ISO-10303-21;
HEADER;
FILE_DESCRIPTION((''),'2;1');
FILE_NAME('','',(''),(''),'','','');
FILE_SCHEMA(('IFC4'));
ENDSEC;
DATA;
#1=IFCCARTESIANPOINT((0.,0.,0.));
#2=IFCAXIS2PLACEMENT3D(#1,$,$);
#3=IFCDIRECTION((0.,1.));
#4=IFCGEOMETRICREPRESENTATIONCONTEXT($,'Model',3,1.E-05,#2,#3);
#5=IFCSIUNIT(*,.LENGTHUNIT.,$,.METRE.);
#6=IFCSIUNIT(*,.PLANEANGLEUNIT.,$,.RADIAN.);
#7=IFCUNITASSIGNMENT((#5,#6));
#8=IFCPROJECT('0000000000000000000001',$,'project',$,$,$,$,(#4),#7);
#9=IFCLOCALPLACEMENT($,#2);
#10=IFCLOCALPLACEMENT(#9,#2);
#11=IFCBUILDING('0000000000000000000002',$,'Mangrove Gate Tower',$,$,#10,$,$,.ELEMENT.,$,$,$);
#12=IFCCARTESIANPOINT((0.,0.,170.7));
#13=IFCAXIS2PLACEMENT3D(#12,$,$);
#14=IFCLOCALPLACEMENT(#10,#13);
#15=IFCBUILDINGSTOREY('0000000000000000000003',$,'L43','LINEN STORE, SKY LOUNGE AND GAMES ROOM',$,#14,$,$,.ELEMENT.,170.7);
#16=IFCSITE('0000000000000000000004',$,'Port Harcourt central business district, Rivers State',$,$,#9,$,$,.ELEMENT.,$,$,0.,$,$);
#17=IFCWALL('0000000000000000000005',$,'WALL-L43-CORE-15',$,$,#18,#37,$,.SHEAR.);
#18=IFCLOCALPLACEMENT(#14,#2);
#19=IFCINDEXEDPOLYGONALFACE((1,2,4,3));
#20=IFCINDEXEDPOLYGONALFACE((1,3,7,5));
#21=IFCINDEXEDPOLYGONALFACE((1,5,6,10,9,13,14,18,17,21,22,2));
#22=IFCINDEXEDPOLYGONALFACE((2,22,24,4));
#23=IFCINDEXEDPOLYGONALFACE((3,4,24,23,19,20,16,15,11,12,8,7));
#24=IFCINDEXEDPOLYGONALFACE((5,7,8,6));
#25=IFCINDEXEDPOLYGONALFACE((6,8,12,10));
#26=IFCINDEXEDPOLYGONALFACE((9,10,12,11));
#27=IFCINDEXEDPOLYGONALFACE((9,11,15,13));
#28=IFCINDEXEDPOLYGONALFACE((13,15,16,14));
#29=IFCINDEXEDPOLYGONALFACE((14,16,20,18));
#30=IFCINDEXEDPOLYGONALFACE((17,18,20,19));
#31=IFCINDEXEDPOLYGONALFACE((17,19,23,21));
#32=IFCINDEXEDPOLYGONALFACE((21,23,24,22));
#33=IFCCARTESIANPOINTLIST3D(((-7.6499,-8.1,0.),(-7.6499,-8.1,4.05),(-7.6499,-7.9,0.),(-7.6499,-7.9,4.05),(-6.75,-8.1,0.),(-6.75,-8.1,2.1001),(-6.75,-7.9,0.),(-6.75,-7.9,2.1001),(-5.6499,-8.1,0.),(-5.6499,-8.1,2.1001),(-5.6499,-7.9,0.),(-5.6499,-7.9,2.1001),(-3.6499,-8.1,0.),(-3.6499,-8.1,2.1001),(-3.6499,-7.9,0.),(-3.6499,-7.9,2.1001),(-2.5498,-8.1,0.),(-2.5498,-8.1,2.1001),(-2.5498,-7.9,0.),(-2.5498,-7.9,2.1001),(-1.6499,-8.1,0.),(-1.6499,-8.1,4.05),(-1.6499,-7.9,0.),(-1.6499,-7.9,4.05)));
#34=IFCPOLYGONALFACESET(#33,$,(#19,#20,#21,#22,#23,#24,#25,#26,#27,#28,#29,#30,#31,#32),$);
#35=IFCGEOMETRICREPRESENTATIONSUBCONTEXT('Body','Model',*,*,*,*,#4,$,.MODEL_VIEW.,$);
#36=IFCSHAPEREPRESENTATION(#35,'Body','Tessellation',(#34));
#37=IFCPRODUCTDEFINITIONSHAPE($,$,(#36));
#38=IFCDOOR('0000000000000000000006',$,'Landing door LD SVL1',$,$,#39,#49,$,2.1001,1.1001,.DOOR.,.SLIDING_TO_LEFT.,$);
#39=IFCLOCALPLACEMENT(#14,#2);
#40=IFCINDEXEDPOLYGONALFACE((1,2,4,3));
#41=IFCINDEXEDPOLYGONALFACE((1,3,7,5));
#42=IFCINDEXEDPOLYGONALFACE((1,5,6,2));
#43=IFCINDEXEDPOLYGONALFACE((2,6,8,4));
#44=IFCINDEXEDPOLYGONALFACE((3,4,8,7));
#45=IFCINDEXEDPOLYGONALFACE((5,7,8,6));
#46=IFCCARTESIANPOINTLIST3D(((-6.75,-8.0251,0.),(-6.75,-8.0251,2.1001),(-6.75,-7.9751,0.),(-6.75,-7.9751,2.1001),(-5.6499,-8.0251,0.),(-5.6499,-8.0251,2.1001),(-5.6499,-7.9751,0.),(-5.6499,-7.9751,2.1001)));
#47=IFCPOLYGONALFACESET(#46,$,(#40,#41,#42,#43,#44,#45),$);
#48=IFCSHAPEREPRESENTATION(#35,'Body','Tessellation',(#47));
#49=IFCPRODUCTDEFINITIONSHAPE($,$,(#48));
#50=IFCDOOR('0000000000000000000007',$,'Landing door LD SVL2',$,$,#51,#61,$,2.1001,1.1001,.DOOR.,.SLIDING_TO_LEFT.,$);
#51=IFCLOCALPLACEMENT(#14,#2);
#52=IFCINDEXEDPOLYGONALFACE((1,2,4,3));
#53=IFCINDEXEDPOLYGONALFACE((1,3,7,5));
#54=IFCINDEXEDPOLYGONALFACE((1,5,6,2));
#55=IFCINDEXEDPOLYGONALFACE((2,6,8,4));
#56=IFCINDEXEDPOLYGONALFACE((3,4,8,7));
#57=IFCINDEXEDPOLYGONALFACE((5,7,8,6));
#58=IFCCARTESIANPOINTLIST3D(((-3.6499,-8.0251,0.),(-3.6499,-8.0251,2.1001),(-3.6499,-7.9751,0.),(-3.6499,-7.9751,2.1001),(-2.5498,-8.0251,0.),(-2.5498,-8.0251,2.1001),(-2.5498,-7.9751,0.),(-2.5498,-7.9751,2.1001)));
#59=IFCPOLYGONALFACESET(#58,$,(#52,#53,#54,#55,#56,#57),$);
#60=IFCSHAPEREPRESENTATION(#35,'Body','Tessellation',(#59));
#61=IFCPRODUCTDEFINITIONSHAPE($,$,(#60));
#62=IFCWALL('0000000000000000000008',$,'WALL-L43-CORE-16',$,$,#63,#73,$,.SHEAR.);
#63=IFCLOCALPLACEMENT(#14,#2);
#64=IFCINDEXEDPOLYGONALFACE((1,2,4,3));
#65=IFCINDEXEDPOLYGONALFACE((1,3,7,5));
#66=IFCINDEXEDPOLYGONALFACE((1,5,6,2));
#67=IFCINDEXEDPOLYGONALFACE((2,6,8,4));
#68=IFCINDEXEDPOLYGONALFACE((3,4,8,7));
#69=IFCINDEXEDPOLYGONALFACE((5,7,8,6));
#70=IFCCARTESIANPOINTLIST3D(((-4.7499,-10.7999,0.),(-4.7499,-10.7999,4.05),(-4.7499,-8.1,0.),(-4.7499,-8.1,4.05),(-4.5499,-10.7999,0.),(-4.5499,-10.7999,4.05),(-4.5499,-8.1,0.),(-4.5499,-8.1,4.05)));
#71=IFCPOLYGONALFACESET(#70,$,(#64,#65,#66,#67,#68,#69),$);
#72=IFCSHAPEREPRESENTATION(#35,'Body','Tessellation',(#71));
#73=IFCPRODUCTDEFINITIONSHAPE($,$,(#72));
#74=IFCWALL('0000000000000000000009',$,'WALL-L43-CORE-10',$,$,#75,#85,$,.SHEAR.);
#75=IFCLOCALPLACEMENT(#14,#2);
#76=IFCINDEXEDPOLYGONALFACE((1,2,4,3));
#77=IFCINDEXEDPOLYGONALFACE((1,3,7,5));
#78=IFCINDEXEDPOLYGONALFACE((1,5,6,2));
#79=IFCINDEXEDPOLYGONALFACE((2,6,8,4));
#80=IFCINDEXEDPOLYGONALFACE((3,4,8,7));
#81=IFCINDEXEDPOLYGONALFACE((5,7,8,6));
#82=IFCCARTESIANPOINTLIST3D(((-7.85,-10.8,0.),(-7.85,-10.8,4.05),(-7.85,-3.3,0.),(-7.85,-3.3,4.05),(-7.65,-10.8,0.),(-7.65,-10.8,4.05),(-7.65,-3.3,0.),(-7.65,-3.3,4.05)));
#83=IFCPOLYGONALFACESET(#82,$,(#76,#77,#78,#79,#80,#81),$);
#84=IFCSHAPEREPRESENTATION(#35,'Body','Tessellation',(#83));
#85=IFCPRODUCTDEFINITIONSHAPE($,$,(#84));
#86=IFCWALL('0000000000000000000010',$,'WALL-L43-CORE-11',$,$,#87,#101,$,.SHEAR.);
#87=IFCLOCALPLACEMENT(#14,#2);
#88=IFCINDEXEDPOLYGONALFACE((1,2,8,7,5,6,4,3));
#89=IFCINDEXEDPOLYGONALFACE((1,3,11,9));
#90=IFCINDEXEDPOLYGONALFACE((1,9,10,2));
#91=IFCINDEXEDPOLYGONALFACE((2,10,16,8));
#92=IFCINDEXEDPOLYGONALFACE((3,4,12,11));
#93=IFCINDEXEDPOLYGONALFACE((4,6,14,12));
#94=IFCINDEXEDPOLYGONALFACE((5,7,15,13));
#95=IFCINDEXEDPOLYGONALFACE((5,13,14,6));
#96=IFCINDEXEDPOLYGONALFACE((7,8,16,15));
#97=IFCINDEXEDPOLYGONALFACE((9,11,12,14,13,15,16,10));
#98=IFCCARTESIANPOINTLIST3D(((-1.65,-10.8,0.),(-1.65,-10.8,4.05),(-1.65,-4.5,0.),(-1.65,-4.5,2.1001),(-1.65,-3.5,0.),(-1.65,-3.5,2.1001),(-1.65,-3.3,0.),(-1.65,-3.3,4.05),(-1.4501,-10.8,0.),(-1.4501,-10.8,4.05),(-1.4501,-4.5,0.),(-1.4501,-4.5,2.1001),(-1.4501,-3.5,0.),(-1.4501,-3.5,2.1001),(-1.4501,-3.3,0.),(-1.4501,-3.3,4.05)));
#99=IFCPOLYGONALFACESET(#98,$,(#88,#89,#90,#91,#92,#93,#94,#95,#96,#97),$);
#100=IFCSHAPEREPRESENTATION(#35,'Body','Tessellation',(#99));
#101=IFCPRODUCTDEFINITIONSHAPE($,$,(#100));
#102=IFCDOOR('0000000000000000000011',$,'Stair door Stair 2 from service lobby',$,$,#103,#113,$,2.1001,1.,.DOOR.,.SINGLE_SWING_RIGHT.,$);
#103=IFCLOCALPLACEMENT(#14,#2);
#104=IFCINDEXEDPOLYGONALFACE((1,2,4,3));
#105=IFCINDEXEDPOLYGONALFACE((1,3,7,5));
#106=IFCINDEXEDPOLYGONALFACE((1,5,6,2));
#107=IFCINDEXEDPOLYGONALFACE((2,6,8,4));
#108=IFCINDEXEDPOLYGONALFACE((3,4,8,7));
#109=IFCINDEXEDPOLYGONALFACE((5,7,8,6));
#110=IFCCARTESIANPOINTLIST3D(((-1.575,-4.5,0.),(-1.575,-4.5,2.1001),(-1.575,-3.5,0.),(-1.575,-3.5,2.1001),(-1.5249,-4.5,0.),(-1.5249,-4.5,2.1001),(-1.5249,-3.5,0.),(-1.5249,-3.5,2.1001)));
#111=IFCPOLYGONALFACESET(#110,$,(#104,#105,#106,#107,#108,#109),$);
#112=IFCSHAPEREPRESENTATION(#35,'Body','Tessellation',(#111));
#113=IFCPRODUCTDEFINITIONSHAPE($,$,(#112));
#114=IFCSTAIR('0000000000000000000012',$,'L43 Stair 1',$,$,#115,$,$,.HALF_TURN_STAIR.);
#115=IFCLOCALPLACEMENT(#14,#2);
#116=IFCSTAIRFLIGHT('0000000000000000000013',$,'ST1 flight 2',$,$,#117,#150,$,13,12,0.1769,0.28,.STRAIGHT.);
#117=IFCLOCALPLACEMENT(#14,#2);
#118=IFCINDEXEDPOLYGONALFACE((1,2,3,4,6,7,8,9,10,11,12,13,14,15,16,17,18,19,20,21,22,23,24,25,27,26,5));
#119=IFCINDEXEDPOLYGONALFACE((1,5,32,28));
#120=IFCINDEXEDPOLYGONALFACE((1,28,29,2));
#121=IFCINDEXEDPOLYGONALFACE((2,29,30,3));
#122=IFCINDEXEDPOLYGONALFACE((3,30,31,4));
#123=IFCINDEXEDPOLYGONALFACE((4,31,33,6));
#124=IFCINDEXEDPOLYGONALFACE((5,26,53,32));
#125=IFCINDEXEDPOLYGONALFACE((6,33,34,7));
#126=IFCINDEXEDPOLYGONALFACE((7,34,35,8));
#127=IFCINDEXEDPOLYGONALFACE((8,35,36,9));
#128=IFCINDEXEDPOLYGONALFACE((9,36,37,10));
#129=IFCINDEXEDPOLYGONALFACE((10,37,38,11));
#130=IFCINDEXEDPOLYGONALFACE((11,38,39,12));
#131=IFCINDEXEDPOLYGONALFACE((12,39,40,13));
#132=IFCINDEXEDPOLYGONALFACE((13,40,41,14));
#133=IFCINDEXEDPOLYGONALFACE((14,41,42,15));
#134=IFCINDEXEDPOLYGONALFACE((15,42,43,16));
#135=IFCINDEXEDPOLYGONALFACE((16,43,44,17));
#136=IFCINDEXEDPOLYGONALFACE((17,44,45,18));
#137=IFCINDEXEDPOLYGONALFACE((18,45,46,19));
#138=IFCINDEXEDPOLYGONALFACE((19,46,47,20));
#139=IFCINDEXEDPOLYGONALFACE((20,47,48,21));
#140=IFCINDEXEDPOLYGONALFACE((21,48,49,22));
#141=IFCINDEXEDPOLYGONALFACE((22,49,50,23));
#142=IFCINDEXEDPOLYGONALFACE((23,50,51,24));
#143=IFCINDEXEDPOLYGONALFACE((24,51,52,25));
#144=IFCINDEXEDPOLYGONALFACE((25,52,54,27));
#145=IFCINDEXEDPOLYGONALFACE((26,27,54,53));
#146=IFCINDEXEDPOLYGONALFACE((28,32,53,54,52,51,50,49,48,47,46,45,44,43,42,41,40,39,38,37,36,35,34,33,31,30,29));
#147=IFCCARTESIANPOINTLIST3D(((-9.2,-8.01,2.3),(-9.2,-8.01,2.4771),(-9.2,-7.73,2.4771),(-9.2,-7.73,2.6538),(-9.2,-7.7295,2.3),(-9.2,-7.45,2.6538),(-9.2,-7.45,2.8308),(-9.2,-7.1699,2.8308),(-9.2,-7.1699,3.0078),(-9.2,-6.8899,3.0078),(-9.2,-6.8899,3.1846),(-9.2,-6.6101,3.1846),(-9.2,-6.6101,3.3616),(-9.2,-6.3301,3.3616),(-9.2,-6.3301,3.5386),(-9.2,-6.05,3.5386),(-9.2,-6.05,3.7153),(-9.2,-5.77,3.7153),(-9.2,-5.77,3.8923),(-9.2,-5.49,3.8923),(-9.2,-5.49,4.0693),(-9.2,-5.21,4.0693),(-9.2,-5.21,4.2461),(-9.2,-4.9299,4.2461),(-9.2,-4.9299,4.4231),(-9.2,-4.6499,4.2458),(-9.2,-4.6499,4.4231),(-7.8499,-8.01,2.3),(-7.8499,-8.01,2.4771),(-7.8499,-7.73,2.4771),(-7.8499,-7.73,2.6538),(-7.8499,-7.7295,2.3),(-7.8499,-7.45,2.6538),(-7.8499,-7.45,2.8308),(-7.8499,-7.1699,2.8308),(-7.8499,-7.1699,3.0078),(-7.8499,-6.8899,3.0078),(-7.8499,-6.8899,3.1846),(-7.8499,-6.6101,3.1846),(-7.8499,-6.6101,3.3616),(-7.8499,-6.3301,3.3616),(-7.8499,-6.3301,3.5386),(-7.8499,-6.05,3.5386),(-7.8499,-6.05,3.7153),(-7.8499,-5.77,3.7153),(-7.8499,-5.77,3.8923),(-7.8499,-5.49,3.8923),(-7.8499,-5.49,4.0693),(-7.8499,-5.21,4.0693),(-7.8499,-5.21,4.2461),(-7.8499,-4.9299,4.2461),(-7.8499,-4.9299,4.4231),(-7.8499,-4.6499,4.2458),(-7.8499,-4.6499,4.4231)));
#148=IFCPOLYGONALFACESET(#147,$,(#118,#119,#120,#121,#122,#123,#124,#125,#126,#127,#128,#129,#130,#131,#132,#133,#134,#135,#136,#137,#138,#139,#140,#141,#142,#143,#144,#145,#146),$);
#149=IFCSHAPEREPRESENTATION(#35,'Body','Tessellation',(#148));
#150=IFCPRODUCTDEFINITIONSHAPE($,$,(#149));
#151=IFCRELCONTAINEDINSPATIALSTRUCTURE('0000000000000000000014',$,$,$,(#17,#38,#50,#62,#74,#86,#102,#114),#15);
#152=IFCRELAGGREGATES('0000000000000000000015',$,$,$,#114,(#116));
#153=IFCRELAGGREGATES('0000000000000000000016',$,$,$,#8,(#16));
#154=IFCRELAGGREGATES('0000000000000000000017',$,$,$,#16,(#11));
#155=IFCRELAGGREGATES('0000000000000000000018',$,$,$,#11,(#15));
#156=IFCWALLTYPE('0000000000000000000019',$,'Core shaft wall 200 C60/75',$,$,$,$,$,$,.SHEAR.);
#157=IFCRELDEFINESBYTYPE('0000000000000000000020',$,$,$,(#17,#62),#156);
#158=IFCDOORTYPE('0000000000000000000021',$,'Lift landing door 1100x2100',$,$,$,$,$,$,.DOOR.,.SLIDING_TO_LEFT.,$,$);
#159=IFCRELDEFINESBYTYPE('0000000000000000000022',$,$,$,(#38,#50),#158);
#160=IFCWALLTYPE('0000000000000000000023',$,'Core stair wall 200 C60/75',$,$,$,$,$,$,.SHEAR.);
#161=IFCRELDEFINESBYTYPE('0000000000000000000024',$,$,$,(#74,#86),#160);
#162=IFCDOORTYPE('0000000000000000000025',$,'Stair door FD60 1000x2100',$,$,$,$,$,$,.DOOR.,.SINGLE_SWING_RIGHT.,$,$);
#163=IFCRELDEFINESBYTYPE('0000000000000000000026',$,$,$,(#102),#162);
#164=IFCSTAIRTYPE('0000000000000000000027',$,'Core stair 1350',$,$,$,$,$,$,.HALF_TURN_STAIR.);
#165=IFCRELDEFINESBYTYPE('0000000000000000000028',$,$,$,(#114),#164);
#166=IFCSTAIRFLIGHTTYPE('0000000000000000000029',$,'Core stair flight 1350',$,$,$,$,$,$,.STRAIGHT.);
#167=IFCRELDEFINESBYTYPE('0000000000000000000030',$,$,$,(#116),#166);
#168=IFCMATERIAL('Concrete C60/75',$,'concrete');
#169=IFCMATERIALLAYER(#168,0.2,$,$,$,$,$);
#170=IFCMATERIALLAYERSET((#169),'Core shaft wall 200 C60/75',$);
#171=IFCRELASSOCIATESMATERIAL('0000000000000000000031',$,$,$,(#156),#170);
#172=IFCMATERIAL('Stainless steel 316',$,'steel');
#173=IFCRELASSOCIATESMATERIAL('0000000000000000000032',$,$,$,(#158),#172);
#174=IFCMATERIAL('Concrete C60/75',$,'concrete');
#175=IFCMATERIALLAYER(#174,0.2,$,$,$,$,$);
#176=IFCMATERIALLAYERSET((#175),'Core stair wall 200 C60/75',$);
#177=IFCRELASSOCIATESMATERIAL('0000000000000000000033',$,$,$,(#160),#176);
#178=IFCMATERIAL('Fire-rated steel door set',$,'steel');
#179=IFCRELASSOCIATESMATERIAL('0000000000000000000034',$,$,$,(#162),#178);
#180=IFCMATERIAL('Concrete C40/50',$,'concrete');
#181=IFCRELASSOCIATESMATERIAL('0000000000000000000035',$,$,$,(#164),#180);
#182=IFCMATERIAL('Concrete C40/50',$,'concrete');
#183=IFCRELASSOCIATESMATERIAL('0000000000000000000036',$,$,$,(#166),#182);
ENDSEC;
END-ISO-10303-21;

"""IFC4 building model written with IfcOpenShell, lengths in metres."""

from ifc_helpers import new_model, si_unit, direction, frame, frame_2d, origin, place, context, subcontext, project, spatial, polyline, rectangle, outline, extrude, material, layer, layer_set, type_object, element, fill, aggregate, save


model = new_model("IFC4")

# Units and contexts
model_context = context("Model", 3, precision=1e-05, world=origin(), true_north=direction((0.0, 1.0)))
body_context = subcontext(model_context, "Body", "Model", "MODEL_VIEW")
ifc_project = project(units=[si_unit("LENGTHUNIT", "METRE"), si_unit("PLANEANGLEUNIT", "RADIAN")], contexts=[model_context])

# Site, building, storey
site_placement = place(None, origin())
site = spatial("IfcSite", under=ifc_project, at=site_placement, Name="Port Harcourt central business district, Rivers State", CompositionType="ELEMENT", RefElevation=0.0)
building_placement = place(site_placement, origin())
building = spatial("IfcBuilding", under=site, at=building_placement, Name="Mangrove Gate Tower", CompositionType="ELEMENT")
storey_placement = place(building_placement, frame((0.0, 0.0, 170.7)))
storey = spatial("IfcBuildingStorey", under=building, at=storey_placement, Name="L43", Description="LINEN STORE, SKY LOUNGE AND GAMES ROOM", CompositionType="ELEMENT", Elevation=170.7)

# Wall, openings, doors
ifc_material_1 = material(Name="Concrete C60/75", Category="concrete")
ifc_layer_1 = layer(ifc_material_1, 0.2)
ifc_layer_set_1 = layer_set([ifc_layer_1], Name="Core shaft wall 200 C60/75")
wall_type_1 = type_object("IfcWallType", Name="Core shaft wall 200 C60/75", PredefinedType="SHEAR", material=ifc_layer_set_1)
wall_1_placement = place(storey_placement, frame((-7.6499, -8.0, 0.0), z_axis=(0.0, 0.0, 1.0), x_axis=(1.0, 0.0, 0.0)))
wall_1 = element("IfcWall", 1, at=wall_1_placement, inside=storey, type_object=wall_type_1, Name="WALL-L43-CORE-15", PredefinedType="SHEAR", context=body_context, shape_type="SweptSolid", body=[
    extrude(rectangle(XDim=6.0, YDim=0.2, at=frame_2d((3.0, 0.0))), origin(), (0.0, 0.0, 1.0), 4.05),
])
opening_1_placement = place(wall_1_placement, frame((0.8999, 0.0, 0.0)))
opening_1 = element("IfcOpeningElement", 2, at=opening_1_placement, cuts=wall_1, PredefinedType="OPENING", context=body_context, shape_type="SweptSolid", body=[
    extrude(rectangle(XDim=1.1001, YDim=2.1001, at=frame_2d((0.55, 1.05))), frame((0.0, 0.1099, 0.0), z_axis=(0.0, -1.0, 0.0), x_axis=(1.0, 0.0, 0.0)), (0.0, 0.0, 1.0), 0.22),
])
opening_2_placement = place(wall_1_placement, frame((4.0, 0.0, 0.0)))
opening_2 = element("IfcOpeningElement", 3, at=opening_2_placement, cuts=wall_1, PredefinedType="OPENING", context=body_context, shape_type="SweptSolid", body=[
    extrude(rectangle(XDim=1.1001, YDim=2.1001, at=frame_2d((0.55, 1.05))), frame((0.0, 0.1099, 0.0), z_axis=(0.0, -1.0, 0.0), x_axis=(1.0, 0.0, 0.0)), (0.0, 0.0, 1.0), 0.22),
])
ifc_material_2 = material(Name="Stainless steel 316", Category="steel")
door_type_1 = type_object("IfcDoorType", Name="Lift landing door 1100x2100", OperationType="SLIDING_TO_LEFT", PredefinedType="DOOR", material=ifc_material_2)
door_1_placement = place(opening_1_placement, origin())
door_1 = element("IfcDoor", 4, at=door_1_placement, inside=storey, type_object=door_type_1, Name="Landing door LD SVL1", OperationType="SLIDING_TO_LEFT", OverallHeight=2.1001, OverallWidth=1.1001, PredefinedType="DOOR", context=body_context, shape_type="SweptSolid", body=[
    extrude(rectangle(XDim=1.1001, YDim=2.1001, at=frame_2d((0.55, 1.05))), frame((0.0, 0.0249, 0.0), z_axis=(0.0, -1.0, 0.0), x_axis=(1.0, 0.0, 0.0)), (0.0, 0.0, 1.0), 0.05),
])
fill(opening_1, door_1)
door_2_placement = place(opening_2_placement, origin())
door_2 = element("IfcDoor", 5, at=door_2_placement, inside=storey, type_object=door_type_1, Name="Landing door LD SVL2", OperationType="SLIDING_TO_LEFT", OverallHeight=2.1001, OverallWidth=1.1001, PredefinedType="DOOR", context=body_context, shape_type="SweptSolid", body=[
    extrude(rectangle(XDim=1.1001, YDim=2.1001, at=frame_2d((0.55, 1.05))), frame((0.0, 0.0249, 0.0), z_axis=(0.0, -1.0, 0.0), x_axis=(1.0, 0.0, 0.0)), (0.0, 0.0, 1.0), 0.05),
])
fill(opening_2, door_2)

# Walls
wall_2_placement = place(storey_placement, frame((-4.6499, -10.8, 0.0), z_axis=(0.0, 0.0, 1.0), x_axis=(0.0, 1.0, 0.0)))
element("IfcWall", 6, at=wall_2_placement, inside=storey, type_object=wall_type_1, Name="WALL-L43-CORE-16", PredefinedType="SHEAR", context=body_context, shape_type="SweptSolid", body=[
    extrude(rectangle(XDim=2.7, YDim=0.2, at=frame_2d((1.3501, 0.0))), origin(), (0.0, 0.0, 1.0), 4.05),
])
ifc_material_3 = material(Name="Concrete C60/75", Category="concrete")
ifc_layer_2 = layer(ifc_material_3, 0.2)
ifc_layer_set_2 = layer_set([ifc_layer_2], Name="Core stair wall 200 C60/75")
wall_type_2 = type_object("IfcWallType", Name="Core stair wall 200 C60/75", PredefinedType="SHEAR", material=ifc_layer_set_2)
wall_3_placement = place(storey_placement, frame((-7.75, -10.8, 0.0), z_axis=(0.0, 0.0, 1.0), x_axis=(0.0, 1.0, 0.0)))
element("IfcWall", 7, at=wall_3_placement, inside=storey, type_object=wall_type_2, Name="WALL-L43-CORE-10", PredefinedType="SHEAR", context=body_context, shape_type="SweptSolid", body=[
    extrude(rectangle(XDim=7.5, YDim=0.2, at=frame_2d((3.75, 0.0))), origin(), (0.0, 0.0, 1.0), 4.05),
])

# Wall, opening, door
wall_4_placement = place(storey_placement, frame((-1.55, -10.8, 0.0), z_axis=(0.0, 0.0, 1.0), x_axis=(0.0, 1.0, 0.0)))
wall_4 = element("IfcWall", 8, at=wall_4_placement, inside=storey, type_object=wall_type_2, Name="WALL-L43-CORE-11", PredefinedType="SHEAR", context=body_context, shape_type="SweptSolid", body=[
    extrude(rectangle(XDim=7.5, YDim=0.2, at=frame_2d((3.75, 0.0))), origin(), (0.0, 0.0, 1.0), 4.05),
])
opening_3_placement = place(wall_4_placement, frame((6.3, 0.0, 0.0)))
opening_3 = element("IfcOpeningElement", 9, at=opening_3_placement, cuts=wall_4, PredefinedType="OPENING", context=body_context, shape_type="SweptSolid", body=[
    extrude(rectangle(XDim=1.0, YDim=2.1001, at=frame_2d((0.5, 1.05))), frame((0.0, 0.1099, 0.0), z_axis=(0.0, -1.0, 0.0), x_axis=(1.0, 0.0, 0.0)), (0.0, 0.0, 1.0), 0.22),
])
ifc_material_4 = material(Name="Fire-rated steel door set", Category="steel")
door_type_2 = type_object("IfcDoorType", Name="Stair door FD60 1000x2100", OperationType="SINGLE_SWING_RIGHT", PredefinedType="DOOR", material=ifc_material_4)
door_3_placement = place(opening_3_placement, origin())
door_3 = element("IfcDoor", 10, at=door_3_placement, inside=storey, type_object=door_type_2, Name="Stair door Stair 2 from service lobby", OperationType="SINGLE_SWING_RIGHT", OverallHeight=2.1001, OverallWidth=1.0, PredefinedType="DOOR", context=body_context, shape_type="SweptSolid", body=[
    extrude(rectangle(XDim=1.0, YDim=2.1001, at=frame_2d((0.5, 1.05))), frame((0.0, 0.0249, 0.0), z_axis=(0.0, -1.0, 0.0), x_axis=(1.0, 0.0, 0.0)), (0.0, 0.0, 1.0), 0.05),
])
fill(opening_3, door_3)

# Stair, stair flight
ifc_material_5 = material(Name="Concrete C40/50", Category="concrete")
stair_type = type_object("IfcStairType", Name="Core stair 1350", PredefinedType="HALF_TURN_STAIR", material=ifc_material_5)
stair_1_placement = place(storey_placement, origin())
stair_1 = element("IfcStair", 11, at=stair_1_placement, inside=storey, type_object=stair_type, Name="L43 Stair 1", PredefinedType="HALF_TURN_STAIR")
ifc_material_6 = material(Name="Concrete C40/50", Category="concrete")
stair_flight_type = type_object("IfcStairFlightType", Name="Core stair flight 1350", PredefinedType="STRAIGHT", material=ifc_material_6)
stair_flight_1_placement = place(storey_placement, frame((-8.5249, -8.01, 2.3), z_axis=(0.0, 0.0, 1.0), x_axis=(0.0, 1.0, 0.0)))
stair_flight_1 = element("IfcStairFlight", 12, at=stair_flight_1_placement, type_object=stair_flight_type, Name="ST1 flight 2", NumberOfRisers=13, NumberOfTreads=12, PredefinedType="STRAIGHT", RiserHeight=0.1769, TreadLength=0.28, context=body_context, shape_type="SweptSolid", body=[
    extrude(outline(polyline([(0.0, 0.0), (0.0, 0.177), (0.28, 0.177), (0.28, 0.3538), (0.5601, 0.3538), (0.5601, 0.5308), (0.8401, 0.5308), (0.8401, 0.7078), (1.1201, 0.7078), (1.1201, 0.8845), (1.3999, 0.8845), (1.3999, 1.0615), (1.6799, 1.0615), (1.6799, 1.2385), (1.96, 1.2385), (1.96, 1.4153), (2.24, 1.4153), (2.24, 1.5923), (2.52, 1.5923), (2.52, 1.7693), (2.8, 1.7693), (2.8, 1.946), (3.0801, 1.946), (3.0801, 2.123), (3.3601, 2.123), (3.3601, 2.3), (3.3601, 1.9458), (0.2805, 0.0), (0.0, 0.0)])), frame((0.0, 0.675, 0.0), z_axis=(0.0, -1.0, 0.0), x_axis=(1.0, 0.0, 0.0)), (0.0, 0.0, 1.0), 1.3501),
])
aggregate(stair_1, [stair_flight_1])

save(model, "model.ifc")
